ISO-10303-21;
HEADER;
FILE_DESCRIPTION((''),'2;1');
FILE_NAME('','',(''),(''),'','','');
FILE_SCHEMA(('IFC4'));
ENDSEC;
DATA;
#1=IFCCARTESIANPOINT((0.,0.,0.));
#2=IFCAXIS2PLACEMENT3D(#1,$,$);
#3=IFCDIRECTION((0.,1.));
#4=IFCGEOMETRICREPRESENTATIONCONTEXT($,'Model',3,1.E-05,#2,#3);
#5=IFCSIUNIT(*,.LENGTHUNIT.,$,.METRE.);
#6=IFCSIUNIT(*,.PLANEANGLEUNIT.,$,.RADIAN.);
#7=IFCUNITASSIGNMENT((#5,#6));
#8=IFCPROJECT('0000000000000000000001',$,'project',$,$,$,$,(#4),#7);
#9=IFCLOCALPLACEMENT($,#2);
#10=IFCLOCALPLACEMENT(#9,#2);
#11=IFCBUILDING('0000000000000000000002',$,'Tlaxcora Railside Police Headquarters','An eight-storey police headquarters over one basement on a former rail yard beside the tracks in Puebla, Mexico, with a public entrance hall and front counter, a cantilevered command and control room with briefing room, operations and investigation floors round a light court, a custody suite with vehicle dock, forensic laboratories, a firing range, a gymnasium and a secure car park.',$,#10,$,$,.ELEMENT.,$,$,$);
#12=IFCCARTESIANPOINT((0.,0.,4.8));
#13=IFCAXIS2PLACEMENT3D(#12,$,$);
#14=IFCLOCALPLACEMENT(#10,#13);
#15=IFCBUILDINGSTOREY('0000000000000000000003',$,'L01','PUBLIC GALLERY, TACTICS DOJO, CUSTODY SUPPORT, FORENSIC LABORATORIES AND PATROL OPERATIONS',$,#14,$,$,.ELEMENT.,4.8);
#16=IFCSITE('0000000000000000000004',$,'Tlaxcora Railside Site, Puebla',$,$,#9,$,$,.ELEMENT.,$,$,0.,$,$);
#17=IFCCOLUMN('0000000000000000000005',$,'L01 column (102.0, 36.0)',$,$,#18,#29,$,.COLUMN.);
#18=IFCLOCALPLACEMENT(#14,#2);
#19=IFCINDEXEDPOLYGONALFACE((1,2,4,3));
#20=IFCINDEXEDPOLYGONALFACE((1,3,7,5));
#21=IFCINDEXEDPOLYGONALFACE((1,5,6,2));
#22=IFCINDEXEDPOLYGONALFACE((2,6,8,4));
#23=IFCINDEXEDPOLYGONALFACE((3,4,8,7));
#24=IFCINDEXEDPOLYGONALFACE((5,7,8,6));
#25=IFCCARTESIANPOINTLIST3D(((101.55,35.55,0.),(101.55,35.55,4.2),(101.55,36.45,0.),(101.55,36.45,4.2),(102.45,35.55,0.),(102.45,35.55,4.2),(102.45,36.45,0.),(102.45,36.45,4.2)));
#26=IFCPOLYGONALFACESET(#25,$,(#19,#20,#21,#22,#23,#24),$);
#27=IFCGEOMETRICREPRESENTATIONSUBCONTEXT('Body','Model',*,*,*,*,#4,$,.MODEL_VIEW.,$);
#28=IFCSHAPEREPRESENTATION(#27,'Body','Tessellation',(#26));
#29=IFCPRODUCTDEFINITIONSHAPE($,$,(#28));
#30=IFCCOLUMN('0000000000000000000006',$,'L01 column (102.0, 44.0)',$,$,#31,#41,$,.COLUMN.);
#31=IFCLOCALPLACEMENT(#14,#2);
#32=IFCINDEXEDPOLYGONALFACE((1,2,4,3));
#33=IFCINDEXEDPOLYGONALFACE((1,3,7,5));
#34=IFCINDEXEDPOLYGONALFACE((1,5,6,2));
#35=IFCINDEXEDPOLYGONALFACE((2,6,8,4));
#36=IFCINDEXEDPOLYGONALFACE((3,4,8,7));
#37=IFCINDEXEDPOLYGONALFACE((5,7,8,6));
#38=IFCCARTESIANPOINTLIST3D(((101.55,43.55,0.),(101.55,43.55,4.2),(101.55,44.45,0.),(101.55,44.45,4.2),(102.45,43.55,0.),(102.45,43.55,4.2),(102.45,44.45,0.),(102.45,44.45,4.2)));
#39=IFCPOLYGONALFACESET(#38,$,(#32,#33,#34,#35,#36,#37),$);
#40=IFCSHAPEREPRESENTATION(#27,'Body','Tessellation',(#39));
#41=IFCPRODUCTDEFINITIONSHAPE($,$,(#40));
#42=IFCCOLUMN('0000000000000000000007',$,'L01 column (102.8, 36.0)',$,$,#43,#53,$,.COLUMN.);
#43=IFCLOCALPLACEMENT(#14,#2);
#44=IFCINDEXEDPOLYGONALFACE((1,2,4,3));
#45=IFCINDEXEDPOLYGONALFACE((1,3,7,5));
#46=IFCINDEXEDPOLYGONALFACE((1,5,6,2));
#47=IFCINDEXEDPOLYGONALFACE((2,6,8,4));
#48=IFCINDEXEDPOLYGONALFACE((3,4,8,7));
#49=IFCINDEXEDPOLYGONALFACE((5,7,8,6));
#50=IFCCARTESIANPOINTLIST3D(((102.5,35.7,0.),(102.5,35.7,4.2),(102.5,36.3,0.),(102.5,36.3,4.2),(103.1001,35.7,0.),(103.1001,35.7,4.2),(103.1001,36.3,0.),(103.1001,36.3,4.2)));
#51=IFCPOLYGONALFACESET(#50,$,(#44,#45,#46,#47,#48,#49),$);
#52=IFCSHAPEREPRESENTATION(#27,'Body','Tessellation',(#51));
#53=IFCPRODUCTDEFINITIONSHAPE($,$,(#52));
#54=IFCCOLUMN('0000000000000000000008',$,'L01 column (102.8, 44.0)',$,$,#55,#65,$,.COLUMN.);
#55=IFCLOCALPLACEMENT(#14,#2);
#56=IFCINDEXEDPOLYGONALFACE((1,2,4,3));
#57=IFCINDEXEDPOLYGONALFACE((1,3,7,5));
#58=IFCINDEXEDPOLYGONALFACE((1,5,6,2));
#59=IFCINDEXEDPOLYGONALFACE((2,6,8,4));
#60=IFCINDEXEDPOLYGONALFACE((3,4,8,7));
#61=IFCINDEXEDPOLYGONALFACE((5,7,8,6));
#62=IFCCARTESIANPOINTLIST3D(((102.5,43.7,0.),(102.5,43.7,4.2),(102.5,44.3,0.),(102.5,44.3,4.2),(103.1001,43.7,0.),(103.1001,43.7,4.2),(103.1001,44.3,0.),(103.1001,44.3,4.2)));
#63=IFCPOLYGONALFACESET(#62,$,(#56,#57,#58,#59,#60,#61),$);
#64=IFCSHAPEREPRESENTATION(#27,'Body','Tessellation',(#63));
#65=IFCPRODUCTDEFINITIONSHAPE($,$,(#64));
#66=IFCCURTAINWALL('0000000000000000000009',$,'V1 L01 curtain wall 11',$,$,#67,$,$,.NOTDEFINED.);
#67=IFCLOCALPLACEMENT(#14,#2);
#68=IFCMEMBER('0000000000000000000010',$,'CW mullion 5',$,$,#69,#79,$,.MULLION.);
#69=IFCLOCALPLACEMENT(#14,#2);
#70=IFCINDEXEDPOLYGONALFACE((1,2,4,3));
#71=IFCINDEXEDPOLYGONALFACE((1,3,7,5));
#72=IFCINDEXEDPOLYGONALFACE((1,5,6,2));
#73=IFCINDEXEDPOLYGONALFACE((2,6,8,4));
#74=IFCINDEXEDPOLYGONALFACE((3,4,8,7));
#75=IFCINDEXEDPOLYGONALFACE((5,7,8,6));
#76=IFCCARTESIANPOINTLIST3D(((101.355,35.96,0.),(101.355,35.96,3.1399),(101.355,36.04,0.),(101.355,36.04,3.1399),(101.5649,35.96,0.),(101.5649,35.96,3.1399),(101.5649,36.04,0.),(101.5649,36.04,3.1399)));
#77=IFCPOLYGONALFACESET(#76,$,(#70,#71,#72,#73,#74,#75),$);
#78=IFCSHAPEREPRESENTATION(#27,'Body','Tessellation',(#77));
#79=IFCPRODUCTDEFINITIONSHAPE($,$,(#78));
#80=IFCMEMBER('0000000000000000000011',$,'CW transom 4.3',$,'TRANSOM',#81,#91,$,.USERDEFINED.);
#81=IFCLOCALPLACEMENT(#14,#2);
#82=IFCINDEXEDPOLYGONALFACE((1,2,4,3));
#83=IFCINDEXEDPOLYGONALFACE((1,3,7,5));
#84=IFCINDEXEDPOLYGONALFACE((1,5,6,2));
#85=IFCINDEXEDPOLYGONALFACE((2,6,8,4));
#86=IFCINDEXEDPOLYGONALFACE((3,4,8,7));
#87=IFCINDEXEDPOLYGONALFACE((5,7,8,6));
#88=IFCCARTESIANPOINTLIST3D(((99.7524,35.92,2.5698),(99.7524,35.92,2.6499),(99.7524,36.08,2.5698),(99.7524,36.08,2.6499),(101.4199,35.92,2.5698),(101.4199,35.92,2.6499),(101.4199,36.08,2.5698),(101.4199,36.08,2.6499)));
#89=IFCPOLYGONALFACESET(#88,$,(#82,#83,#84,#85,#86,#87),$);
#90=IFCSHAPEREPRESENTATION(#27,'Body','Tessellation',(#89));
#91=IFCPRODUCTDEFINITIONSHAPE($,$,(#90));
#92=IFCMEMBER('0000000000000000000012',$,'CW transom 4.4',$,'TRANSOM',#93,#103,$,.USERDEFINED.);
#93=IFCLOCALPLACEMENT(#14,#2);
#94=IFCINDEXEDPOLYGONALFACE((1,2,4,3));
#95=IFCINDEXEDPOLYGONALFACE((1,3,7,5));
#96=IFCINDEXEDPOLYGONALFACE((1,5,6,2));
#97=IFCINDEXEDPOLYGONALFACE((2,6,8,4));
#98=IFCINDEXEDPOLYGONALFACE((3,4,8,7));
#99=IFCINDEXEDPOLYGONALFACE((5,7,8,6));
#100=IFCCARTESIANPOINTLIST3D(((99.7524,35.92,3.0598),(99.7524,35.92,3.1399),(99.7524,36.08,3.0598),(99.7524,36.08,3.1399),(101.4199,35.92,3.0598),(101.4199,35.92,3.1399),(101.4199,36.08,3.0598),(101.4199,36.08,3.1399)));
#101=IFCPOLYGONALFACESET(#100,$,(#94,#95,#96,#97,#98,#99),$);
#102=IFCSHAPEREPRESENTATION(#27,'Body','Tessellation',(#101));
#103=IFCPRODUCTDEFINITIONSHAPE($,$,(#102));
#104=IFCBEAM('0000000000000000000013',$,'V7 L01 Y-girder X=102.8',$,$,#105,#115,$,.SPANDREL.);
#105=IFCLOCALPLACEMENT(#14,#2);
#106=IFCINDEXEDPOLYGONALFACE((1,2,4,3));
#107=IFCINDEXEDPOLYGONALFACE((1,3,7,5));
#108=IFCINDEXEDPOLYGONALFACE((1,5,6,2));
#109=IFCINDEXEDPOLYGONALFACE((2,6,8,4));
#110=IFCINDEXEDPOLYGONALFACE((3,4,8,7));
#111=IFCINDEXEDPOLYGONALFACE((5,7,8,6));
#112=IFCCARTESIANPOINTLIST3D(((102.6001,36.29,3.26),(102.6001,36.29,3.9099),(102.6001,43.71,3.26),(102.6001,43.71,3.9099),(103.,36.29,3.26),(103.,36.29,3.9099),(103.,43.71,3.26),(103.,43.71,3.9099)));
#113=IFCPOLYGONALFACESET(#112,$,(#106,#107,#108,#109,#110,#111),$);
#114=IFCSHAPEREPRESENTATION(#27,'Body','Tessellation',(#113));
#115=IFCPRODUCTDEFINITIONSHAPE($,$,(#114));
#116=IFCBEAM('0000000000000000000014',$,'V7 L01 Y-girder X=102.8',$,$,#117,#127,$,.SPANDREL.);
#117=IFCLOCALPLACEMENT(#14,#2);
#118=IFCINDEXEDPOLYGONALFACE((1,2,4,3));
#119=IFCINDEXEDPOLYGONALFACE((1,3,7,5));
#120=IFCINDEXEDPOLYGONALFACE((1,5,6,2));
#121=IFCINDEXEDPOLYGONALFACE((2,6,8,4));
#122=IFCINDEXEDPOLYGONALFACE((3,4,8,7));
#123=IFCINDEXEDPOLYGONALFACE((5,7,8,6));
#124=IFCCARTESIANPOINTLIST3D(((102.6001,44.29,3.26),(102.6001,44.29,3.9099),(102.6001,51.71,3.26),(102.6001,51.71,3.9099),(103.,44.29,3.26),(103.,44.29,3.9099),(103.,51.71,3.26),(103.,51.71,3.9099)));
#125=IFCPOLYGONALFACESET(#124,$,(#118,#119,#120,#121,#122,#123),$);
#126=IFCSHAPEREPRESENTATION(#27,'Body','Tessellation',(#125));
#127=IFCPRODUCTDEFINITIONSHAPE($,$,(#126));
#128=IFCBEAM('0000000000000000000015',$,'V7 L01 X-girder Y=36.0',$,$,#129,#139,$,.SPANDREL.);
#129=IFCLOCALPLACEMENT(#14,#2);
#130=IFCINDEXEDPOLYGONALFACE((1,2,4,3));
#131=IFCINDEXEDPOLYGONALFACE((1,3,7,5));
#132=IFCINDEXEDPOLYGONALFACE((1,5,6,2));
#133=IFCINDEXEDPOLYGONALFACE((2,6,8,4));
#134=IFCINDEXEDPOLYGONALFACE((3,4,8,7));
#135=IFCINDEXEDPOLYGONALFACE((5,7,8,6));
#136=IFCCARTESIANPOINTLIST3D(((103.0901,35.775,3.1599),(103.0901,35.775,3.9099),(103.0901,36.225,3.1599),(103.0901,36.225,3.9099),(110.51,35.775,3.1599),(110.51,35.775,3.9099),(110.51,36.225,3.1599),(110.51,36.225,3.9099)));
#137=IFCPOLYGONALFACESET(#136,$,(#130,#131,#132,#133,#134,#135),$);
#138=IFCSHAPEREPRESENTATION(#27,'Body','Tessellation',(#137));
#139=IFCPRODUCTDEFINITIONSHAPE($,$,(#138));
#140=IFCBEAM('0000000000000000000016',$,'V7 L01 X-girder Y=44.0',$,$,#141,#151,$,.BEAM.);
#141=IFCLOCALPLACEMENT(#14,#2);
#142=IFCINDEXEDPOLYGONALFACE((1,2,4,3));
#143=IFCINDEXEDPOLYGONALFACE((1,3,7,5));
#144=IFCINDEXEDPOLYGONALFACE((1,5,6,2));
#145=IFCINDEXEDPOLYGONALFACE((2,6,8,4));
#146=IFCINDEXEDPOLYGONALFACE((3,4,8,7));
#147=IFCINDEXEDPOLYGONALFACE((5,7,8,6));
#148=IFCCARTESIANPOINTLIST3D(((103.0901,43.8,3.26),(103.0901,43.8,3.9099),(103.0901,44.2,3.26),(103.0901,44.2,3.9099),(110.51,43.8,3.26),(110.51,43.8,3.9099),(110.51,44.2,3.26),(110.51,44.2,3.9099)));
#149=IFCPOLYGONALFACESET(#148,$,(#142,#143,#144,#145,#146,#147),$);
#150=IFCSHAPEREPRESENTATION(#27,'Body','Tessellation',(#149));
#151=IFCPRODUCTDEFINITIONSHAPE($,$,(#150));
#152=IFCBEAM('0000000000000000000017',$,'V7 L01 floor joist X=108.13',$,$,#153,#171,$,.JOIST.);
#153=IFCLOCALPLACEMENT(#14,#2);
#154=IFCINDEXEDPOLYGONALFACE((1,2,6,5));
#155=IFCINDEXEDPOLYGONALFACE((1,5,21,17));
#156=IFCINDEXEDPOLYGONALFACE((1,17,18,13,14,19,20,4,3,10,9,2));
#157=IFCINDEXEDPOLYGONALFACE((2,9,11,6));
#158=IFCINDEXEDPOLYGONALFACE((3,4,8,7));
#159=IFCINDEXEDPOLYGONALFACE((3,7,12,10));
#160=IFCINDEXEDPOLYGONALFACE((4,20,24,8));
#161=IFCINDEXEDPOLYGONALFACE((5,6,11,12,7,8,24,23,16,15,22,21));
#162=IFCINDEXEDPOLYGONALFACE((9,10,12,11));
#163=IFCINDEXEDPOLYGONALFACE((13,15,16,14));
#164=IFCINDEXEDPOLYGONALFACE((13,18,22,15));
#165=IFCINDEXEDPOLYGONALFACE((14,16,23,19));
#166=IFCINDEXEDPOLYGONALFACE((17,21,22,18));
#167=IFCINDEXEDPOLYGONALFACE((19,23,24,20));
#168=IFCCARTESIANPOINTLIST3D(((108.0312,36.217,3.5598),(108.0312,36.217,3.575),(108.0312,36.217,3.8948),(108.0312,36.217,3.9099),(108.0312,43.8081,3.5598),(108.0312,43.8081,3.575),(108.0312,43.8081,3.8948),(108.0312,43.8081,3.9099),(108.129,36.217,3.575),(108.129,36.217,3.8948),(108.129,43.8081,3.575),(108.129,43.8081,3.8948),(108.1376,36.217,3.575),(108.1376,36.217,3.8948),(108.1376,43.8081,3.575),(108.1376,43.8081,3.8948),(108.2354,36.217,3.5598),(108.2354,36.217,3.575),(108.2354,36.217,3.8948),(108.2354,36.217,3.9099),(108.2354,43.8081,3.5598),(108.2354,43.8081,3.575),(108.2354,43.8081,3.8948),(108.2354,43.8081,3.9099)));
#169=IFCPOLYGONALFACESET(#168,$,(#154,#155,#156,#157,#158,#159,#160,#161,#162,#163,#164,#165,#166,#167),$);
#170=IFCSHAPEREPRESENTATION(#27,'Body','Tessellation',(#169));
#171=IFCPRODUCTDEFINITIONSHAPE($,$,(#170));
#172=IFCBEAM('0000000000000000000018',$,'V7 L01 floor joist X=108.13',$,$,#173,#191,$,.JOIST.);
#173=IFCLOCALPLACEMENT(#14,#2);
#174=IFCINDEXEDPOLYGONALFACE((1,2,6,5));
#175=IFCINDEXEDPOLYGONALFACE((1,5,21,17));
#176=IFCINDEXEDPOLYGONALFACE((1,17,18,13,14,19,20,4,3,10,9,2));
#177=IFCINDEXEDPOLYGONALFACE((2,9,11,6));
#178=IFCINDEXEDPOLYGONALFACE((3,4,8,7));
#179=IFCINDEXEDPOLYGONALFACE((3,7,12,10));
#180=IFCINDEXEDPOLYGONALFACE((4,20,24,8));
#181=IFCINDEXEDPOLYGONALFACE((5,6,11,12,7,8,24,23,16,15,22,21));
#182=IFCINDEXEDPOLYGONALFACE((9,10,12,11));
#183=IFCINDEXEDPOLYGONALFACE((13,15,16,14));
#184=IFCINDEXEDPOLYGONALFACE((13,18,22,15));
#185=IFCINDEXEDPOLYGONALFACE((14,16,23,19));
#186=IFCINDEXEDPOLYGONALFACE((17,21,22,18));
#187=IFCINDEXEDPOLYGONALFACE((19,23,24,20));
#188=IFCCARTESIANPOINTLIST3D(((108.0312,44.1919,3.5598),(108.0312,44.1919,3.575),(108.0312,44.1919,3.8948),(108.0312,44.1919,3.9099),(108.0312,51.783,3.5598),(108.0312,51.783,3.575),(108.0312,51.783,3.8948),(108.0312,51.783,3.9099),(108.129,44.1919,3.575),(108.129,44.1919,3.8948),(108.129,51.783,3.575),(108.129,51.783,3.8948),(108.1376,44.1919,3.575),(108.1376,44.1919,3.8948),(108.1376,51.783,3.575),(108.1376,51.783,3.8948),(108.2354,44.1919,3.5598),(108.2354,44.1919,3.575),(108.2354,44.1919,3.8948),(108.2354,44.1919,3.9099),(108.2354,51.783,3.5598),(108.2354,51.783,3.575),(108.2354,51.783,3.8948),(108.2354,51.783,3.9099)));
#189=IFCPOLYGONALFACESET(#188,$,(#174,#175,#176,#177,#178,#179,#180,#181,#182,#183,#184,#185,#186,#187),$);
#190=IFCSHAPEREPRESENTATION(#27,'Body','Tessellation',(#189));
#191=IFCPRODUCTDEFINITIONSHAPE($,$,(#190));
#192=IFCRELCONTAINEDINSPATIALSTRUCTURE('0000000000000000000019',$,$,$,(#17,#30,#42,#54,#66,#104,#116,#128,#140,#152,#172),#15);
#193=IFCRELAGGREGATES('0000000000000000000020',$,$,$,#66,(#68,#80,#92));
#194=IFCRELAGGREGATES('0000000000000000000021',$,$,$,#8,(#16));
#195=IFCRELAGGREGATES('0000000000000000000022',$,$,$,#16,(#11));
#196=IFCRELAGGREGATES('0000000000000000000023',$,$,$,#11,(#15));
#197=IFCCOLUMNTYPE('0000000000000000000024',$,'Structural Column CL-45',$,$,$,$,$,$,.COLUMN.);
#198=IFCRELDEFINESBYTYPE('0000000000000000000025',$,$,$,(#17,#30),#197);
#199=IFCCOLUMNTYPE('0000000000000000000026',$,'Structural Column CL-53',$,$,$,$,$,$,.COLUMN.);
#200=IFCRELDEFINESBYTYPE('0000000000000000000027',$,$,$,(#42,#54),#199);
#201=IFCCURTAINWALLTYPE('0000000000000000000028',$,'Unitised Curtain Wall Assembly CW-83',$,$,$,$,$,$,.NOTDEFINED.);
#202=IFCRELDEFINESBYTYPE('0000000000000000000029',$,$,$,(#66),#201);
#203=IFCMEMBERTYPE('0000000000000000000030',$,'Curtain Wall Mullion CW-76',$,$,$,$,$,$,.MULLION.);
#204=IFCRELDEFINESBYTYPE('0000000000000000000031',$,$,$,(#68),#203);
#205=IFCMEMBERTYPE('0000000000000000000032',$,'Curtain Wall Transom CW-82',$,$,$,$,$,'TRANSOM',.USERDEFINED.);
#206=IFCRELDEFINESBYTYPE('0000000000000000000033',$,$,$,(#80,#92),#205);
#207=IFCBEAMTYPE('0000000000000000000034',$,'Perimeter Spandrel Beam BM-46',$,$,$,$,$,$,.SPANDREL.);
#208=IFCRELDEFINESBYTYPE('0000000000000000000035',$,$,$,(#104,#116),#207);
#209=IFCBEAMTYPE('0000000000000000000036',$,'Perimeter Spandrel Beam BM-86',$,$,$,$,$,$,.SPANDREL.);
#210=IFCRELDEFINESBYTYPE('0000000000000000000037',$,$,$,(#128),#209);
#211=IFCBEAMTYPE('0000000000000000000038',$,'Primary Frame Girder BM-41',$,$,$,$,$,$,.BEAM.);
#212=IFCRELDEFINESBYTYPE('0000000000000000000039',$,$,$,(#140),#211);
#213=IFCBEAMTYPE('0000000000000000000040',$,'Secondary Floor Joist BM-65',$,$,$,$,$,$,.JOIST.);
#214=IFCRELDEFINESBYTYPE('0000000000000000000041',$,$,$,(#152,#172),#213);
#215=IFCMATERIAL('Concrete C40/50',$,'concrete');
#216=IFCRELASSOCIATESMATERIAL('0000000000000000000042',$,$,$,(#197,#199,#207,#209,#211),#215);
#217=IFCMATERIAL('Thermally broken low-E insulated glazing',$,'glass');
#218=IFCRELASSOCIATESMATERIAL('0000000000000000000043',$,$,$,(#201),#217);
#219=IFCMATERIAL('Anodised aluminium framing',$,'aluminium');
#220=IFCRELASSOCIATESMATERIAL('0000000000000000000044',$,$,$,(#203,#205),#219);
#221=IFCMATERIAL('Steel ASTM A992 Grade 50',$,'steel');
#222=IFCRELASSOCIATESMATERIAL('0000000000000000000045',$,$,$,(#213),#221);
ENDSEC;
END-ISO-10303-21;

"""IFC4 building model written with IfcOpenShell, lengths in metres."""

from ifc_helpers import new_model, si_unit, direction, frame, origin, origin_2d, place, context, subcontext, project, spatial, rectangle, i_section, extrude, material, material_profile, profile_set, type_object, element, aggregate, save


model = new_model("IFC4")

# Units and contexts
model_context = context("Model", 3, precision=1e-05, world=origin(), true_north=direction((0.0, 1.0)))
body_context = subcontext(model_context, "Body", "Model", "MODEL_VIEW")
ifc_project = project(units=[si_unit("LENGTHUNIT", "METRE"), si_unit("PLANEANGLEUNIT", "RADIAN")], contexts=[model_context])

# Site, building, storey
site_placement = place(None, origin())
site = spatial("IfcSite", under=ifc_project, at=site_placement, Name="Tlaxcora Railside Site, Puebla", CompositionType="ELEMENT", RefElevation=0.0)
building_placement = place(site_placement, origin())
building = spatial("IfcBuilding", under=site, at=building_placement, Name="Tlaxcora Railside Police Headquarters", Description="An eight-storey police headquarters over one basement on a former rail yard beside the tracks in Puebla, Mexico, with a public entrance hall and front counter, a cantilevered command and control room with briefing room, operations and investigation floors round a light court, a custody suite with vehicle dock, forensic laboratories, a firing range, a gymnasium and a secure car park.", CompositionType="ELEMENT")
storey_placement = place(building_placement, frame((0.0, 0.0, 4.8)))
storey = spatial("IfcBuildingStorey", under=building, at=storey_placement, Name="L01", Description="PUBLIC GALLERY, TACTICS DOJO, CUSTODY SUPPORT, FORENSIC LABORATORIES AND PATROL OPERATIONS", CompositionType="ELEMENT", Elevation=4.8)

# Columns
ifc_material_1 = material(Name="Concrete C40/50", Category="concrete")
ifc_material_profile_1 = material_profile(ifc_material_1, rectangle(XDim=0.8999, YDim=0.8999, at=origin_2d()), Name="RC900X900")
ifc_profile_set_1 = profile_set([ifc_material_profile_1], Name="Concrete C40/50")
column_type_1 = type_object("IfcColumnType", Name="Structural Column CL-45", PredefinedType="COLUMN", material=ifc_profile_set_1)
for number, where, z_axis, x_axis, name in (
    (1, (102.0, 36.0, 0.0), (0.0, 0.0, 1.0), (1.0, 0.0, 0.0), "L01 column (102.0, 36.0)"),
    (2, (102.0, 44.0, 0.0), (0.0, 0.0, 1.0), (1.0, 0.0, 0.0), "L01 column (102.0, 44.0)"),
):
    element("IfcColumn", number, at=place(storey_placement, frame(where, z_axis=z_axis, x_axis=x_axis)), inside=storey, type_object=column_type_1, Name=name, PredefinedType="COLUMN", context=body_context, shape_type="SweptSolid", body=[
        extrude(rectangle(XDim=0.8999, YDim=0.8999, at=origin_2d()), origin(), (0.0, 0.0, 1.0), 4.2),
    ])
ifc_material_profile_2 = material_profile(ifc_material_1, rectangle(XDim=0.6001, YDim=0.6001, at=origin_2d()), Name="RC600X600")
ifc_profile_set_2 = profile_set([ifc_material_profile_2], Name="Concrete C40/50")
column_type_2 = type_object("IfcColumnType", Name="Structural Column CL-53", PredefinedType="COLUMN", material=ifc_profile_set_2)
for number, where, z_axis, x_axis, name in (
    (3, (102.8, 36.0, 0.0), (0.0, 0.0, 1.0), (1.0, 0.0, 0.0), "L01 column (102.8, 36.0)"),
    (4, (102.8, 44.0, 0.0), (0.0, 0.0, 1.0), (1.0, 0.0, 0.0), "L01 column (102.8, 44.0)"),
):
    element("IfcColumn", number, at=place(storey_placement, frame(where, z_axis=z_axis, x_axis=x_axis)), inside=storey, type_object=column_type_2, Name=name, PredefinedType="COLUMN", context=body_context, shape_type="SweptSolid", body=[
        extrude(rectangle(XDim=0.6001, YDim=0.6001, at=origin_2d()), origin(), (0.0, 0.0, 1.0), 4.2),
    ])

# Curtain wall, members
ifc_material_2 = material(Name="Thermally broken low-E insulated glazing", Category="glass")
curtain_wall_type = type_object("IfcCurtainWallType", Name="Unitised Curtain Wall Assembly CW-83", PredefinedType="NOTDEFINED", material=ifc_material_2)
curtain_wall_placement = place(storey_placement, origin())
curtain_wall = element("IfcCurtainWall", 5, at=curtain_wall_placement, inside=storey, type_object=curtain_wall_type, Name="V1 L01 curtain wall 11", PredefinedType="NOTDEFINED")
ifc_material_3 = material(Name="Anodised aluminium framing", Category="aluminium")
ifc_material_profile_3 = material_profile(ifc_material_3, rectangle(XDim=0.0801, YDim=0.21, at=origin_2d()), Name="AL80X210")
ifc_profile_set_3 = profile_set([ifc_material_profile_3], Name="Anodised aluminium framing")
member_type_1 = type_object("IfcMemberType", Name="Curtain Wall Mullion CW-76", PredefinedType="MULLION", material=ifc_profile_set_3)
member_1_placement = place(storey_placement, frame((101.46, 36.0, 0.0), z_axis=(0.0, 0.0, 1.0), x_axis=(0.0, 1.0, 0.0)))
member_1 = element("IfcMember", 6, at=member_1_placement, type_object=member_type_1, Name="CW mullion 5", PredefinedType="MULLION", context=body_context, shape_type="SweptSolid", body=[
    extrude(rectangle(XDim=0.0801, YDim=0.21, at=origin_2d()), origin(), (0.0, 0.0, 1.0), 3.1399),
])
ifc_material_profile_4 = material_profile(ifc_material_3, rectangle(XDim=0.1599, YDim=0.0801, at=origin_2d()), Name="AL80X160")
ifc_profile_set_4 = profile_set([ifc_material_profile_4], Name="Anodised aluminium framing")
member_type_2 = type_object("IfcMemberType", Name="Curtain Wall Transom CW-82", ElementType="TRANSOM", PredefinedType="USERDEFINED", material=ifc_profile_set_4)
member_2_placement = place(storey_placement, frame((99.7524, 36.0, 2.6099), z_axis=(1.0, 0.0, 0.0), x_axis=(0.0, 1.0, 0.0)))
member_2 = element("IfcMember", 7, at=member_2_placement, type_object=member_type_2, Name="CW transom 4.3", ObjectType="TRANSOM", PredefinedType="USERDEFINED", context=body_context, shape_type="SweptSolid", body=[
    extrude(rectangle(XDim=0.1599, YDim=0.0801, at=origin_2d()), origin(), (0.0, 0.0, 1.0), 1.6675),
])
member_3_placement = place(storey_placement, frame((99.7524, 36.0, 3.0999), z_axis=(1.0, 0.0, 0.0), x_axis=(0.0, 1.0, 0.0)))
member_3 = element("IfcMember", 8, at=member_3_placement, type_object=member_type_2, Name="CW transom 4.4", ObjectType="TRANSOM", PredefinedType="USERDEFINED", context=body_context, shape_type="SweptSolid", body=[
    extrude(rectangle(XDim=0.1599, YDim=0.0801, at=origin_2d()), origin(), (0.0, 0.0, 1.0), 1.6675),
])

# Beams
ifc_material_profile_5 = material_profile(ifc_material_1, rectangle(XDim=0.3999, YDim=0.6499, at=origin_2d()), Name="RC400X650")
ifc_profile_set_5 = profile_set([ifc_material_profile_5], Name="Concrete C40/50")
beam_type_1 = type_object("IfcBeamType", Name="Perimeter Spandrel Beam BM-46", PredefinedType="SPANDREL", material=ifc_profile_set_5)
for number, where, z_axis, x_axis, name in (
    (9, (102.8, 36.29, 3.585), (0.0, 1.0, 0.0), (-1.0, 0.0, 0.0), "V7 L01 Y-girder X=102.8"),
    (10, (102.8, 44.29, 3.585), (0.0, 1.0, 0.0), (-1.0, 0.0, 0.0), "V7 L01 Y-girder X=102.8"),
):
    element("IfcBeam", number, at=place(storey_placement, frame(where, z_axis=z_axis, x_axis=x_axis)), inside=storey, type_object=beam_type_1, Name=name, PredefinedType="SPANDREL", context=body_context, shape_type="SweptSolid", body=[
        extrude(rectangle(XDim=0.3999, YDim=0.6499, at=origin_2d()), origin(), (0.0, 0.0, 1.0), 7.4199),
    ])
ifc_material_profile_6 = material_profile(ifc_material_1, rectangle(XDim=0.45, YDim=0.75, at=origin_2d()), Name="RC450X750")
ifc_profile_set_6 = profile_set([ifc_material_profile_6], Name="Concrete C40/50")
beam_type_2 = type_object("IfcBeamType", Name="Perimeter Spandrel Beam BM-86", PredefinedType="SPANDREL", material=ifc_profile_set_6)
beam_1_placement = place(storey_placement, frame((103.0901, 36.0, 3.5349), z_axis=(1.0, 0.0, 0.0), x_axis=(0.0, 1.0, 0.0)))
element("IfcBeam", 11, at=beam_1_placement, inside=storey, type_object=beam_type_2, Name="V7 L01 X-girder Y=36.0", PredefinedType="SPANDREL", context=body_context, shape_type="SweptSolid", body=[
    extrude(rectangle(XDim=0.45, YDim=0.75, at=origin_2d()), origin(), (0.0, 0.0, 1.0), 7.4199),
])
ifc_material_profile_7 = material_profile(ifc_material_1, rectangle(XDim=0.3999, YDim=0.6499, at=origin_2d()), Name="RC400X650")
ifc_profile_set_7 = profile_set([ifc_material_profile_7], Name="Concrete C40/50")
beam_type_3 = type_object("IfcBeamType", Name="Primary Frame Girder BM-41", PredefinedType="BEAM", material=ifc_profile_set_7)
beam_2_placement = place(storey_placement, frame((103.0901, 44.0, 3.585), z_axis=(1.0, 0.0, 0.0), x_axis=(0.0, 1.0, 0.0)))
element("IfcBeam", 12, at=beam_2_placement, inside=storey, type_object=beam_type_3, Name="V7 L01 X-girder Y=44.0", PredefinedType="BEAM", context=body_context, shape_type="SweptSolid", body=[
    extrude(rectangle(XDim=0.3999, YDim=0.6499, at=origin_2d()), origin(), (0.0, 0.0, 1.0), 7.4199),
])
ifc_material_4 = material(Name="Steel ASTM A992 Grade 50", Category="steel")
ifc_material_profile_8 = material_profile(ifc_material_4, i_section(OverallWidth=0.2041, OverallDepth=0.3501, WebThickness=0.0085, FlangeThickness=0.0151, at=origin_2d()), Name="W14X48")
ifc_profile_set_8 = profile_set([ifc_material_profile_8], Name="Steel ASTM A992 Grade 50")
beam_type_4 = type_object("IfcBeamType", Name="Secondary Floor Joist BM-65", PredefinedType="JOIST", material=ifc_profile_set_8)
for number, where, z_axis, x_axis, name in (
    (13, (108.1333, 36.217, 3.7349), (0.0, 1.0, 0.0), (-1.0, 0.0, 0.0), "V7 L01 floor joist X=108.13"),
    (14, (108.1333, 44.1919, 3.7349), (0.0, 1.0, 0.0), (-1.0, 0.0, 0.0), "V7 L01 floor joist X=108.13"),
):
    element("IfcBeam", number, at=place(storey_placement, frame(where, z_axis=z_axis, x_axis=x_axis)), inside=storey, type_object=beam_type_4, Name=name, PredefinedType="JOIST", context=body_context, shape_type="SweptSolid", body=[
        extrude(i_section(OverallWidth=0.2041, OverallDepth=0.3501, WebThickness=0.0085, FlangeThickness=0.0151, at=origin_2d()), origin(), (0.0, 0.0, 1.0), 7.5911),
    ])

aggregate(curtain_wall, [member_1, member_2, member_3])

save(model, "model.ifc")
